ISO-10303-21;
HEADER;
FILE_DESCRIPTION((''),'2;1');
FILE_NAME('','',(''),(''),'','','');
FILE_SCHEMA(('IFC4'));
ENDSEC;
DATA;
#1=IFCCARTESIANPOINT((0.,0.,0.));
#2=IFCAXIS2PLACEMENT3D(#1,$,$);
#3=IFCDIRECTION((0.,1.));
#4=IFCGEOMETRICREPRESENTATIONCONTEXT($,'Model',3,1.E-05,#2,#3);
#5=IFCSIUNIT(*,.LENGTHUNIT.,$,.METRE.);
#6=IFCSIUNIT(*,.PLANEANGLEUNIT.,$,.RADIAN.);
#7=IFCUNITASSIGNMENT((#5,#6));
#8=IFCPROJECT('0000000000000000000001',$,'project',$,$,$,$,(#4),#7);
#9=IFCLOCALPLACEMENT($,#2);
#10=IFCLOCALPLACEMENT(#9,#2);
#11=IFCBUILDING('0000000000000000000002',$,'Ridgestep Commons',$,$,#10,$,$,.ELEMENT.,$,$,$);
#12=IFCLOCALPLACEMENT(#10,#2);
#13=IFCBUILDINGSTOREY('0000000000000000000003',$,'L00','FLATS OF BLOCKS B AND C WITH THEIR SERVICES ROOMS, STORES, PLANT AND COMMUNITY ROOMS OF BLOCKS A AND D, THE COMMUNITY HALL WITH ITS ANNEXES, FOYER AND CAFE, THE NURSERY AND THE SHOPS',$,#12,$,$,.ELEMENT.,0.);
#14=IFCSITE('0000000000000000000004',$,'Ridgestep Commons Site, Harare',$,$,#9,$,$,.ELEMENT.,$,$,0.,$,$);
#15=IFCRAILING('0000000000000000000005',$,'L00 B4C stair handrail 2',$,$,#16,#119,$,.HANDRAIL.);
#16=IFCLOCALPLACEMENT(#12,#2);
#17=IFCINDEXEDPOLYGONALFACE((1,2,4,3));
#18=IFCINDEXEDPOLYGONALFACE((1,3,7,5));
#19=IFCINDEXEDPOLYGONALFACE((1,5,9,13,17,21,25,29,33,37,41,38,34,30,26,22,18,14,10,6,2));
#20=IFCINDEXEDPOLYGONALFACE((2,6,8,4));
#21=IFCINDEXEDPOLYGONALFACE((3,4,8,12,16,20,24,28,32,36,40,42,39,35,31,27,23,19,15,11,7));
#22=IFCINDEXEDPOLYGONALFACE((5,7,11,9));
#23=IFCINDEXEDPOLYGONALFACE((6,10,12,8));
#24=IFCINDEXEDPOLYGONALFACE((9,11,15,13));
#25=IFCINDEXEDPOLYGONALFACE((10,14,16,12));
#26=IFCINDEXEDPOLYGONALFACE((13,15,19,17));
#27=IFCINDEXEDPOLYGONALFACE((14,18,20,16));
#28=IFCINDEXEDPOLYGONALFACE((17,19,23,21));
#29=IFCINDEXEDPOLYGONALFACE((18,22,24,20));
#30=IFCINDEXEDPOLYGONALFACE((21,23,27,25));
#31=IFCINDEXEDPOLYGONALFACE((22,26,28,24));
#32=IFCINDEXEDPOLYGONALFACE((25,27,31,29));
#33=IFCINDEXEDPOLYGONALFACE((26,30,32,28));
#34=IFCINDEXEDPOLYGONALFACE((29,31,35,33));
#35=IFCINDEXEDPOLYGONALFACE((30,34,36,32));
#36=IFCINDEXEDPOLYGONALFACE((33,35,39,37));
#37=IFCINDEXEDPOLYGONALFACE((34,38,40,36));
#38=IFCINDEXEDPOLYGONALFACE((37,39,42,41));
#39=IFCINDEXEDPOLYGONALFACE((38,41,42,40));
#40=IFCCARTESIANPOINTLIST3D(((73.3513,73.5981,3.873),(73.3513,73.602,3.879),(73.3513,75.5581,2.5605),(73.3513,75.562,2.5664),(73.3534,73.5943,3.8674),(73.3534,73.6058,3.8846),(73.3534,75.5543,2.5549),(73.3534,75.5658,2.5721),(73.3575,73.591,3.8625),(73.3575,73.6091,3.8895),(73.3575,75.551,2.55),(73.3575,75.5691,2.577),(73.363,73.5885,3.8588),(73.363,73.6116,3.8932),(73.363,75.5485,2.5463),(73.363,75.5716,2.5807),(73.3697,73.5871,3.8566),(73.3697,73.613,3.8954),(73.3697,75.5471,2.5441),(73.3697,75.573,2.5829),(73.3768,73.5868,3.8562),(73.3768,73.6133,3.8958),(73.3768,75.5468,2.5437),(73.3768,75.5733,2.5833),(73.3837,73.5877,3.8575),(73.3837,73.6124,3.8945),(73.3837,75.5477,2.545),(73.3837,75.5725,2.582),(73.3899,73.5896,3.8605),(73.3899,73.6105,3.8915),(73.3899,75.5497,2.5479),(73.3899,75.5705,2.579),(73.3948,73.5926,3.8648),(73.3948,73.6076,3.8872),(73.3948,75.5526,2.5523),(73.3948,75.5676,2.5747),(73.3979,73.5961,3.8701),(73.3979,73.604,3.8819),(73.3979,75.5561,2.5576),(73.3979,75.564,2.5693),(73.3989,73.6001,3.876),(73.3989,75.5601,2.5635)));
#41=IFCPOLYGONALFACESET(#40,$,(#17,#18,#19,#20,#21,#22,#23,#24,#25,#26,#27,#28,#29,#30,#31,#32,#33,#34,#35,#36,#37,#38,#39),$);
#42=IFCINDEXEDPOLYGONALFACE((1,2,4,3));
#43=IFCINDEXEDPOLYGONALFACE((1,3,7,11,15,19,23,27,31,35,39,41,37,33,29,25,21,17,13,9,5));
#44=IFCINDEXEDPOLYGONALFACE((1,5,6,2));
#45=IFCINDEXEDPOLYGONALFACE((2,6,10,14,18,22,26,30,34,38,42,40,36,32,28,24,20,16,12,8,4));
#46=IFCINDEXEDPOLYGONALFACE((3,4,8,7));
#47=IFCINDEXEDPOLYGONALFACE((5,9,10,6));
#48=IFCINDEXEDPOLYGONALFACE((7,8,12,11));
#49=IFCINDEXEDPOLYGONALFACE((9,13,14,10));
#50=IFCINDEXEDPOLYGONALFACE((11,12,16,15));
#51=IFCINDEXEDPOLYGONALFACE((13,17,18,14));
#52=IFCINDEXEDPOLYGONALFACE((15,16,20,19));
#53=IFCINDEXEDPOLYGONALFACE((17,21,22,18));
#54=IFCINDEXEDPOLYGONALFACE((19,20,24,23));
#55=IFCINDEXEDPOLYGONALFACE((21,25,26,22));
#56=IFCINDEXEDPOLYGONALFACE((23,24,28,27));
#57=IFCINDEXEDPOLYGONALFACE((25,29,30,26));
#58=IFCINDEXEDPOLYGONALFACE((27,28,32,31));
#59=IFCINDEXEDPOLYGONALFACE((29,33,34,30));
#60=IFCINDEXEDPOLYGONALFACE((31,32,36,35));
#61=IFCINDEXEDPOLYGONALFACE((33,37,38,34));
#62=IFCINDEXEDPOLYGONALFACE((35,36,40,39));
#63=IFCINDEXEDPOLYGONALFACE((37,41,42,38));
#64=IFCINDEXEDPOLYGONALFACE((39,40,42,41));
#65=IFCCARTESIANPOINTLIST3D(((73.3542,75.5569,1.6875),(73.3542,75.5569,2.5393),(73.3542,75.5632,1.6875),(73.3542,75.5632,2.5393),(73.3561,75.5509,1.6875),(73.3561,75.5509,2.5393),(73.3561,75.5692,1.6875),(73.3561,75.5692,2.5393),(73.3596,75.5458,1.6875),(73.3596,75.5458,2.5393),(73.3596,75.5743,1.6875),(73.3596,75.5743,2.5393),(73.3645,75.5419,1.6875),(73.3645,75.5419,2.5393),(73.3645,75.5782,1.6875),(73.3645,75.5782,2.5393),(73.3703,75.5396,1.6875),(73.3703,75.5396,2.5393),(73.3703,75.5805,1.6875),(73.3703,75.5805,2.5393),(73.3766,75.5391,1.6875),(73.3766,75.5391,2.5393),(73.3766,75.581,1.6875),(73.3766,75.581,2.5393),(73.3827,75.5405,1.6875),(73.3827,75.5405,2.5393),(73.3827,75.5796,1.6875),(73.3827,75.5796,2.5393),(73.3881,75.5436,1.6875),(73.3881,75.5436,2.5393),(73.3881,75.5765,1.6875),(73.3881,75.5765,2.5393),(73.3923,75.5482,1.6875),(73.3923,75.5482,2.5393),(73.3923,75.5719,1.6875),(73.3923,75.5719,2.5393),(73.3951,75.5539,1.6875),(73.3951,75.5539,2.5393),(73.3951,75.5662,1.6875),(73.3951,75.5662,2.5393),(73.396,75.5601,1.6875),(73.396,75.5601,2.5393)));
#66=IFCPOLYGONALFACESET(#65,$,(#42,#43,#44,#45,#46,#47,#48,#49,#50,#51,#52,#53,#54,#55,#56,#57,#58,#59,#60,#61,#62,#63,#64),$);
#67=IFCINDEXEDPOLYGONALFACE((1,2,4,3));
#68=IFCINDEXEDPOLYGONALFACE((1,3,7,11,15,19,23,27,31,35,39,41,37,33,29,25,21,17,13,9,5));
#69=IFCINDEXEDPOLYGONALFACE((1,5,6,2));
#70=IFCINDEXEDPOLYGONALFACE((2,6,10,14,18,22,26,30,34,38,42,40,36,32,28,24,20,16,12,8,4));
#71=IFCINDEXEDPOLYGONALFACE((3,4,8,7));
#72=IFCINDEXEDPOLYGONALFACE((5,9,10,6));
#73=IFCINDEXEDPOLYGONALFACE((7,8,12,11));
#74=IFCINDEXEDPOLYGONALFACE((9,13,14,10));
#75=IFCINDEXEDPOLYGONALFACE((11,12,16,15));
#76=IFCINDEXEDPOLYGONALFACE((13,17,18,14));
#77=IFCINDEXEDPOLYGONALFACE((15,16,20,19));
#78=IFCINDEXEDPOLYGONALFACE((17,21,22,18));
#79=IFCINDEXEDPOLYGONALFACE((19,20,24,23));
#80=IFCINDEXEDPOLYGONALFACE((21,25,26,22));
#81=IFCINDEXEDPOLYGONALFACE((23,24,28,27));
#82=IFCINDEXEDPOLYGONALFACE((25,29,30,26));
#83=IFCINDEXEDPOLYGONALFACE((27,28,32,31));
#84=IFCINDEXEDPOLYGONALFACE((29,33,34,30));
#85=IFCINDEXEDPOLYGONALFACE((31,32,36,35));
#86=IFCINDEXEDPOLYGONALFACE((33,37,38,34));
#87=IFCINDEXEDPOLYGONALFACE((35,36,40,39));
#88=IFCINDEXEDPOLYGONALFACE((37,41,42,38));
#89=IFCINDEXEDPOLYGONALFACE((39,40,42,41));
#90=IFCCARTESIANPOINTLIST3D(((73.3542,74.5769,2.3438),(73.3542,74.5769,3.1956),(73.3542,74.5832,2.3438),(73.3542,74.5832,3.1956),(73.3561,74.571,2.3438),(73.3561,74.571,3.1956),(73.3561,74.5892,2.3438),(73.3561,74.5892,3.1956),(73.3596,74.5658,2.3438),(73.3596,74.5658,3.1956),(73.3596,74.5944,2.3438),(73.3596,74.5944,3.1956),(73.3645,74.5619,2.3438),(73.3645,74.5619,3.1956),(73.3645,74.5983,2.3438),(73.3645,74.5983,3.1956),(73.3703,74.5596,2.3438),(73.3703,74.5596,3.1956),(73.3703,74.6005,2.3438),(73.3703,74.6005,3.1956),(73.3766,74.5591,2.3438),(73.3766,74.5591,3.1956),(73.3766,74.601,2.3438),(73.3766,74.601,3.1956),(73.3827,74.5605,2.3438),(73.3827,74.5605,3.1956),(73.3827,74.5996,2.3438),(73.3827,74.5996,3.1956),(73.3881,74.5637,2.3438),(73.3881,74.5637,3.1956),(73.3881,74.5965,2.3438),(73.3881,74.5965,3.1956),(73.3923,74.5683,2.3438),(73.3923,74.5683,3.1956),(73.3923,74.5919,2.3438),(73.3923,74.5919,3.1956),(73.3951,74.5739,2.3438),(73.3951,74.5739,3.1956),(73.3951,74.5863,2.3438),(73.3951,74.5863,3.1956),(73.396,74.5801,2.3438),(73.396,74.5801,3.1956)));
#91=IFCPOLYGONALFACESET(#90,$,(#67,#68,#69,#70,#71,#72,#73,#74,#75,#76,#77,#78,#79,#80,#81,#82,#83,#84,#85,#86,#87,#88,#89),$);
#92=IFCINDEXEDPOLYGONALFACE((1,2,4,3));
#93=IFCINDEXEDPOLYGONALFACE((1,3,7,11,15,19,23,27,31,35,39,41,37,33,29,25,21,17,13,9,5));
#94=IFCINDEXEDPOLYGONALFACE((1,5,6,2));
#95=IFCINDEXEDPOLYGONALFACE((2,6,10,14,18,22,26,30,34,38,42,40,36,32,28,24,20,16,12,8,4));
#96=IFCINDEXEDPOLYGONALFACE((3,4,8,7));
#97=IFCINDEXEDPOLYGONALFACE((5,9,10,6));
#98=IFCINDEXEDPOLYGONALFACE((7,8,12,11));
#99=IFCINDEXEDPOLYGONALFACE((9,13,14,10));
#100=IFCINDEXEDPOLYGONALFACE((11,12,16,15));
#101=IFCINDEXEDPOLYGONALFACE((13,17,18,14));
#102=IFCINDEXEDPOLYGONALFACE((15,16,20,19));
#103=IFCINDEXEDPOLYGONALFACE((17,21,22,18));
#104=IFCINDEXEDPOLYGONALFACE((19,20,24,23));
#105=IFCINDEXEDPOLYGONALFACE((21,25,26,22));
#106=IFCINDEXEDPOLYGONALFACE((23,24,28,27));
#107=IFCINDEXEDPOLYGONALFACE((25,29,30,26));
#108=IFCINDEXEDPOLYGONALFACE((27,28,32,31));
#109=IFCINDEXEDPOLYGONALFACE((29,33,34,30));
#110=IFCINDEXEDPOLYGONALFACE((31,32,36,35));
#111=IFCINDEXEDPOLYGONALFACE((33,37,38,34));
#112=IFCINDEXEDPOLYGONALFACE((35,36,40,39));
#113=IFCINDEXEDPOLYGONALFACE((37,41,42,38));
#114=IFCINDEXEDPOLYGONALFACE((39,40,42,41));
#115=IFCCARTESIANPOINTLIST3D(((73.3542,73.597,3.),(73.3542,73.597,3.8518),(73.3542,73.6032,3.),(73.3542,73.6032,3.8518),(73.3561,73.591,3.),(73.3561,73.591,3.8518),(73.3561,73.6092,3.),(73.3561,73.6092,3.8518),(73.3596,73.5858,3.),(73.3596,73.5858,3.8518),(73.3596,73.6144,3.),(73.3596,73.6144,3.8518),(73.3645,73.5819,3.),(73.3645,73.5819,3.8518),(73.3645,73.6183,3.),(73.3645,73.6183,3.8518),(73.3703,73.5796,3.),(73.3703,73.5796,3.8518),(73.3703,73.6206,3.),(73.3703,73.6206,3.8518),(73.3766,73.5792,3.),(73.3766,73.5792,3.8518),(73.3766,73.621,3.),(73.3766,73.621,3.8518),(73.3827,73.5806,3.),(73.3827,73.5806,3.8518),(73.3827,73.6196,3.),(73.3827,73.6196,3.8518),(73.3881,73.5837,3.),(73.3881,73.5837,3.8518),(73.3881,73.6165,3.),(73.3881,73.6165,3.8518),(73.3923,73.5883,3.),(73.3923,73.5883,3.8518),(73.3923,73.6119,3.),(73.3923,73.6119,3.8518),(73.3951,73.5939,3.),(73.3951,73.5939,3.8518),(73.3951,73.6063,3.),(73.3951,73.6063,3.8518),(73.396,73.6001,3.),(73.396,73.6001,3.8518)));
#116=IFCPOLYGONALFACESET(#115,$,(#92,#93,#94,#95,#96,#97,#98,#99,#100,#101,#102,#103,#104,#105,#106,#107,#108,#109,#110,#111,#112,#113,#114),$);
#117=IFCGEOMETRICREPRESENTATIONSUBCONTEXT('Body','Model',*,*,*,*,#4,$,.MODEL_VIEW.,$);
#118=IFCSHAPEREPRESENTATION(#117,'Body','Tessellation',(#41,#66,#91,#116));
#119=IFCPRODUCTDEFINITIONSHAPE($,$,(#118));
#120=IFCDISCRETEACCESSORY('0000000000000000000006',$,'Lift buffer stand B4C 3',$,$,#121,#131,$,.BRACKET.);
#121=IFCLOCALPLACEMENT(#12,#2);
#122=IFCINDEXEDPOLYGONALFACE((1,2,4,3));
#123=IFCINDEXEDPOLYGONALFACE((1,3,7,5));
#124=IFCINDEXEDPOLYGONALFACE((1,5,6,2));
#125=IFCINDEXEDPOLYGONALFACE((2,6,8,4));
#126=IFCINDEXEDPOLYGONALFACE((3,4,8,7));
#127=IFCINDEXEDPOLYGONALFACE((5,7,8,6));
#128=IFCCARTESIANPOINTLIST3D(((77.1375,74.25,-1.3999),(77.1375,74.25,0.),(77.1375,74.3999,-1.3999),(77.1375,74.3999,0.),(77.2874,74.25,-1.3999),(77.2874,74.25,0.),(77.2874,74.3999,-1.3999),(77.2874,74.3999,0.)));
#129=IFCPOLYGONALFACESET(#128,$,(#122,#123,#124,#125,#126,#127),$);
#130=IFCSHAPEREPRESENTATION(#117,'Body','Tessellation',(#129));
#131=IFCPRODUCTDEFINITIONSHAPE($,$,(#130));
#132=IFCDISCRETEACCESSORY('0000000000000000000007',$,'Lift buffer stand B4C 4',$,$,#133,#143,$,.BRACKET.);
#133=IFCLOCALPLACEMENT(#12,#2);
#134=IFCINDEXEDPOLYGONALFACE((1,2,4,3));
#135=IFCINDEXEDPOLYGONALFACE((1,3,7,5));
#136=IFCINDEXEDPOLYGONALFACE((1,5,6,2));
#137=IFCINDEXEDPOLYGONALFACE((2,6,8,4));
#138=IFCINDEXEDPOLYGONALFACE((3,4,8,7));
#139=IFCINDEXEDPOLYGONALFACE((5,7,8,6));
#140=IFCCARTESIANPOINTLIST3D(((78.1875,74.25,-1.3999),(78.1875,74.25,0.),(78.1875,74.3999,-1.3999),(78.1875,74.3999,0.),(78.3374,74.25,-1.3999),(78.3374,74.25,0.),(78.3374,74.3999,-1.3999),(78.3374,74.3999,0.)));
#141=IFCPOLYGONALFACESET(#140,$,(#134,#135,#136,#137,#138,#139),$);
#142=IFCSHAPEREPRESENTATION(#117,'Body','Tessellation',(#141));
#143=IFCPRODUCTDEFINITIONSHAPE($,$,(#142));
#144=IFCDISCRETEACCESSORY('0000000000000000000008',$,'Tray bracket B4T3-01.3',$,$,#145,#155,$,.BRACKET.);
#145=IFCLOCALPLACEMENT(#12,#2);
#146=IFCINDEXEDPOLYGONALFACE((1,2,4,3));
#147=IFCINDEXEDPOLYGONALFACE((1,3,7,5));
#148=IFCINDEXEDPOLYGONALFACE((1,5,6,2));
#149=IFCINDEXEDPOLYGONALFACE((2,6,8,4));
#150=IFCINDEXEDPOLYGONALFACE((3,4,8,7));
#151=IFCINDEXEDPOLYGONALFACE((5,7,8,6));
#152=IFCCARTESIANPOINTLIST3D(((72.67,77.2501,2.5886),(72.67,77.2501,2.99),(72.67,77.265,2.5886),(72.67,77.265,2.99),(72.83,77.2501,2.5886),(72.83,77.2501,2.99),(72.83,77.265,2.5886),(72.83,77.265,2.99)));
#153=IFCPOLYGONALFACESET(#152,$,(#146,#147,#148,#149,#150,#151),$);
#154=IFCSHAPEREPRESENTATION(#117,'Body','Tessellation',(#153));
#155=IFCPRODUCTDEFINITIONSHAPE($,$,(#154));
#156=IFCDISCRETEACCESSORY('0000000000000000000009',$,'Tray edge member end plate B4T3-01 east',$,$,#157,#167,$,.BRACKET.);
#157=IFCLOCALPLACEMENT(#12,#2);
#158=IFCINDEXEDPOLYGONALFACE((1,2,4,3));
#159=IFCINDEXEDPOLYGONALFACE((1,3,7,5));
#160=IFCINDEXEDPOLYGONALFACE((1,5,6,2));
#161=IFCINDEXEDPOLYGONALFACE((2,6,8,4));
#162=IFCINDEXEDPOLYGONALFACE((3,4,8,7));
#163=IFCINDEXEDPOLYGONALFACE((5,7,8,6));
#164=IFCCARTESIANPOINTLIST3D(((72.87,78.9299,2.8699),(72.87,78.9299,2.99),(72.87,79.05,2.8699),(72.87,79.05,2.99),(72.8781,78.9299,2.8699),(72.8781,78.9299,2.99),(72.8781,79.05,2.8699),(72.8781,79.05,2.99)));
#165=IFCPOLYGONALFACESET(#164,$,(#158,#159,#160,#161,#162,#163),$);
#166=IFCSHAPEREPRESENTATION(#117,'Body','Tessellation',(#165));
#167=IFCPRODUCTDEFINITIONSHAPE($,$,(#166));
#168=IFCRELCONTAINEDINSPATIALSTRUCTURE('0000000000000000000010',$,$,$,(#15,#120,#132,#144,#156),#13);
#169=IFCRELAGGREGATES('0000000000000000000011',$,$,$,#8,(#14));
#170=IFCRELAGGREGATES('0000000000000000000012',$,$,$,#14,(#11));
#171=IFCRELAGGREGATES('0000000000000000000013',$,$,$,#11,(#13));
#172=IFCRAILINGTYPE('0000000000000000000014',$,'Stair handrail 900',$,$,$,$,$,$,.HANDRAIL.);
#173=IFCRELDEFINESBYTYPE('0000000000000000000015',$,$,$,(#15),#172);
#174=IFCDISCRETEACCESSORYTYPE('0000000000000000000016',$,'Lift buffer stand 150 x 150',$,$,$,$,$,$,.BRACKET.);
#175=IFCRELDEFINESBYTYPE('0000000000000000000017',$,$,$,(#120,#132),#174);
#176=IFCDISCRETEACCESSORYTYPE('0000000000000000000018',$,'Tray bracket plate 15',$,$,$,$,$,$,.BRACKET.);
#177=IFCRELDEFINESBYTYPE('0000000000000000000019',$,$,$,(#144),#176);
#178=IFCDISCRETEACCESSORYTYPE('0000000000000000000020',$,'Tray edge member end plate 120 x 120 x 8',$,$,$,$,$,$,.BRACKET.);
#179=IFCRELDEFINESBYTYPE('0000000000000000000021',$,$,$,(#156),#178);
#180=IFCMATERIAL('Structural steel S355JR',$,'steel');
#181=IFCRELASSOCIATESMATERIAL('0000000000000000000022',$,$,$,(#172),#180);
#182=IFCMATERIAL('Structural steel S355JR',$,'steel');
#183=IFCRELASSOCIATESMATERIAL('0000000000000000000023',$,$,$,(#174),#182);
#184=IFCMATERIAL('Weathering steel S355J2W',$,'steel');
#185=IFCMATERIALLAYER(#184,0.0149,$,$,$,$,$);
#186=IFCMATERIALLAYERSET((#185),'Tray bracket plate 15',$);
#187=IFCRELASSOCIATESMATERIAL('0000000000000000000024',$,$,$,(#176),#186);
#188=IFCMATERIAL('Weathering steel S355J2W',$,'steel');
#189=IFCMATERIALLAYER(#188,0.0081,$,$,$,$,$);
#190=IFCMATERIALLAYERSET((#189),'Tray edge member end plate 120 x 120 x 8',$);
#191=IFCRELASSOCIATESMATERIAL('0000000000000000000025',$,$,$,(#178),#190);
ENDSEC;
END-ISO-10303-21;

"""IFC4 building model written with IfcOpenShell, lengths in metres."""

from ifc_helpers import new_model, si_unit, direction, frame, origin, origin_2d, place, context, subcontext, project, spatial, rectangle, circle, extrude, material, layer, layer_set, type_object, element, save


model = new_model("IFC4")

# Units and contexts
model_context = context("Model", 3, precision=1e-05, world=origin(), true_north=direction((0.0, 1.0)))
body_context = subcontext(model_context, "Body", "Model", "MODEL_VIEW")
ifc_project = project(units=[si_unit("LENGTHUNIT", "METRE"), si_unit("PLANEANGLEUNIT", "RADIAN")], contexts=[model_context])

# Site, building, storey
site_placement = place(None, origin())
site = spatial("IfcSite", under=ifc_project, at=site_placement, Name="Ridgestep Commons Site, Harare", CompositionType="ELEMENT", RefElevation=0.0)
building_placement = place(site_placement, origin())
building = spatial("IfcBuilding", under=site, at=building_placement, Name="Ridgestep Commons", CompositionType="ELEMENT")
storey_placement = place(building_placement, origin())
storey = spatial("IfcBuildingStorey", under=building, at=storey_placement, Name="L00", Description="FLATS OF BLOCKS B AND C WITH THEIR SERVICES ROOMS, STORES, PLANT AND COMMUNITY ROOMS OF BLOCKS A AND D, THE COMMUNITY HALL WITH ITS ANNEXES, FOYER AND CAFE, THE NURSERY AND THE SHOPS", CompositionType="ELEMENT", Elevation=0.0)

# Railing
ifc_material_1 = material(Name="Structural steel S355JR", Category="steel")
railing_type_1 = type_object("IfcRailingType", Name="Stair handrail 900", PredefinedType="HANDRAIL", material=ifc_material_1)
railing_1_placement = place(storey_placement, frame((73.375, 75.5601, 1.6875)))
element("IfcRailing", 1, at=railing_1_placement, inside=storey, type_object=railing_type_1, Name="L00 B4C stair handrail 2", PredefinedType="HANDRAIL", context=body_context, shape_type="SweptSolid", body=[
    extrude(circle(Radius=0.0239, at=origin_2d()), frame((0.0, 0.0, 0.876), z_axis=(0.0, -0.830902, 0.556419), x_axis=(1.0, 0.0, 0.0)), (0.0, 0.0, 1.0), 2.3589),
    extrude(circle(Radius=0.021, at=origin_2d()), origin(), (0.0, 0.0, 1.0), 0.8518),
    extrude(circle(Radius=0.021, at=origin_2d()), frame((0.0, -0.98, 0.6562)), (0.0, 0.0, 1.0), 0.8518),
    extrude(circle(Radius=0.021, at=origin_2d()), frame((0.0, -1.96, 1.3125)), (0.0, 0.0, 1.0), 0.8518),
])

# Discrete accessories
ifc_material_2 = material(Name="Structural steel S355JR", Category="steel")
discrete_accessory_type_1 = type_object("IfcDiscreteAccessoryType", Name="Lift buffer stand 150 x 150", PredefinedType="BRACKET", material=ifc_material_2)
for number, where, z_axis, x_axis, name in (
    (2, (77.2124, 74.325, -1.3999), (0.0, 0.0, 1.0), (1.0, 0.0, 0.0), "Lift buffer stand B4C 3"),
    (3, (78.2625, 74.325, -1.3999), (0.0, 0.0, 1.0), (1.0, 0.0, 0.0), "Lift buffer stand B4C 4"),
):
    element("IfcDiscreteAccessory", number, at=place(storey_placement, frame(where, z_axis=z_axis, x_axis=x_axis)), inside=storey, type_object=discrete_accessory_type_1, Name=name, PredefinedType="BRACKET", context=body_context, shape_type="SweptSolid", body=[
        extrude(rectangle(XDim=0.1499, YDim=0.1499, at=origin_2d()), origin(), (0.0, 0.0, 1.0), 1.3999),
    ])
ifc_material_3 = material(Name="Weathering steel S355J2W", Category="steel")
ifc_layer_1 = layer(ifc_material_3, 0.0149)
ifc_layer_set_1 = layer_set([ifc_layer_1], Name="Tray bracket plate 15")
discrete_accessory_type_2 = type_object("IfcDiscreteAccessoryType", Name="Tray bracket plate 15", PredefinedType="BRACKET", material=ifc_layer_set_1)
discrete_accessory_1_placement = place(storey_placement, frame((72.75, 77.2576, 2.5886), z_axis=(0.0, 0.0, 1.0), x_axis=(1.0, 0.0, 0.0)))
element("IfcDiscreteAccessory", 4, at=discrete_accessory_1_placement, inside=storey, type_object=discrete_accessory_type_2, Name="Tray bracket B4T3-01.3", PredefinedType="BRACKET", context=body_context, shape_type="SweptSolid", body=[
    extrude(rectangle(XDim=0.1599, YDim=0.0149, at=origin_2d()), origin(), (0.0, 0.0, 1.0), 0.4014),
])
ifc_material_4 = material(Name="Weathering steel S355J2W", Category="steel")
ifc_layer_2 = layer(ifc_material_4, 0.0081)
ifc_layer_set_2 = layer_set([ifc_layer_2], Name="Tray edge member end plate 120 x 120 x 8")
discrete_accessory_type_3 = type_object("IfcDiscreteAccessoryType", Name="Tray edge member end plate 120 x 120 x 8", PredefinedType="BRACKET", material=ifc_layer_set_2)
discrete_accessory_2_placement = place(storey_placement, frame((72.874, 78.99, 2.8699), z_axis=(0.0, 0.0, 1.0), x_axis=(1.0, 0.0, 0.0)))
element("IfcDiscreteAccessory", 5, at=discrete_accessory_2_placement, inside=storey, type_object=discrete_accessory_type_3, Name="Tray edge member end plate B4T3-01 east", PredefinedType="BRACKET", context=body_context, shape_type="SweptSolid", body=[
    extrude(rectangle(XDim=0.0081, YDim=0.1201, at=origin_2d()), origin(), (0.0, 0.0, 1.0), 0.1201),
])

save(model, "model.ifc")
